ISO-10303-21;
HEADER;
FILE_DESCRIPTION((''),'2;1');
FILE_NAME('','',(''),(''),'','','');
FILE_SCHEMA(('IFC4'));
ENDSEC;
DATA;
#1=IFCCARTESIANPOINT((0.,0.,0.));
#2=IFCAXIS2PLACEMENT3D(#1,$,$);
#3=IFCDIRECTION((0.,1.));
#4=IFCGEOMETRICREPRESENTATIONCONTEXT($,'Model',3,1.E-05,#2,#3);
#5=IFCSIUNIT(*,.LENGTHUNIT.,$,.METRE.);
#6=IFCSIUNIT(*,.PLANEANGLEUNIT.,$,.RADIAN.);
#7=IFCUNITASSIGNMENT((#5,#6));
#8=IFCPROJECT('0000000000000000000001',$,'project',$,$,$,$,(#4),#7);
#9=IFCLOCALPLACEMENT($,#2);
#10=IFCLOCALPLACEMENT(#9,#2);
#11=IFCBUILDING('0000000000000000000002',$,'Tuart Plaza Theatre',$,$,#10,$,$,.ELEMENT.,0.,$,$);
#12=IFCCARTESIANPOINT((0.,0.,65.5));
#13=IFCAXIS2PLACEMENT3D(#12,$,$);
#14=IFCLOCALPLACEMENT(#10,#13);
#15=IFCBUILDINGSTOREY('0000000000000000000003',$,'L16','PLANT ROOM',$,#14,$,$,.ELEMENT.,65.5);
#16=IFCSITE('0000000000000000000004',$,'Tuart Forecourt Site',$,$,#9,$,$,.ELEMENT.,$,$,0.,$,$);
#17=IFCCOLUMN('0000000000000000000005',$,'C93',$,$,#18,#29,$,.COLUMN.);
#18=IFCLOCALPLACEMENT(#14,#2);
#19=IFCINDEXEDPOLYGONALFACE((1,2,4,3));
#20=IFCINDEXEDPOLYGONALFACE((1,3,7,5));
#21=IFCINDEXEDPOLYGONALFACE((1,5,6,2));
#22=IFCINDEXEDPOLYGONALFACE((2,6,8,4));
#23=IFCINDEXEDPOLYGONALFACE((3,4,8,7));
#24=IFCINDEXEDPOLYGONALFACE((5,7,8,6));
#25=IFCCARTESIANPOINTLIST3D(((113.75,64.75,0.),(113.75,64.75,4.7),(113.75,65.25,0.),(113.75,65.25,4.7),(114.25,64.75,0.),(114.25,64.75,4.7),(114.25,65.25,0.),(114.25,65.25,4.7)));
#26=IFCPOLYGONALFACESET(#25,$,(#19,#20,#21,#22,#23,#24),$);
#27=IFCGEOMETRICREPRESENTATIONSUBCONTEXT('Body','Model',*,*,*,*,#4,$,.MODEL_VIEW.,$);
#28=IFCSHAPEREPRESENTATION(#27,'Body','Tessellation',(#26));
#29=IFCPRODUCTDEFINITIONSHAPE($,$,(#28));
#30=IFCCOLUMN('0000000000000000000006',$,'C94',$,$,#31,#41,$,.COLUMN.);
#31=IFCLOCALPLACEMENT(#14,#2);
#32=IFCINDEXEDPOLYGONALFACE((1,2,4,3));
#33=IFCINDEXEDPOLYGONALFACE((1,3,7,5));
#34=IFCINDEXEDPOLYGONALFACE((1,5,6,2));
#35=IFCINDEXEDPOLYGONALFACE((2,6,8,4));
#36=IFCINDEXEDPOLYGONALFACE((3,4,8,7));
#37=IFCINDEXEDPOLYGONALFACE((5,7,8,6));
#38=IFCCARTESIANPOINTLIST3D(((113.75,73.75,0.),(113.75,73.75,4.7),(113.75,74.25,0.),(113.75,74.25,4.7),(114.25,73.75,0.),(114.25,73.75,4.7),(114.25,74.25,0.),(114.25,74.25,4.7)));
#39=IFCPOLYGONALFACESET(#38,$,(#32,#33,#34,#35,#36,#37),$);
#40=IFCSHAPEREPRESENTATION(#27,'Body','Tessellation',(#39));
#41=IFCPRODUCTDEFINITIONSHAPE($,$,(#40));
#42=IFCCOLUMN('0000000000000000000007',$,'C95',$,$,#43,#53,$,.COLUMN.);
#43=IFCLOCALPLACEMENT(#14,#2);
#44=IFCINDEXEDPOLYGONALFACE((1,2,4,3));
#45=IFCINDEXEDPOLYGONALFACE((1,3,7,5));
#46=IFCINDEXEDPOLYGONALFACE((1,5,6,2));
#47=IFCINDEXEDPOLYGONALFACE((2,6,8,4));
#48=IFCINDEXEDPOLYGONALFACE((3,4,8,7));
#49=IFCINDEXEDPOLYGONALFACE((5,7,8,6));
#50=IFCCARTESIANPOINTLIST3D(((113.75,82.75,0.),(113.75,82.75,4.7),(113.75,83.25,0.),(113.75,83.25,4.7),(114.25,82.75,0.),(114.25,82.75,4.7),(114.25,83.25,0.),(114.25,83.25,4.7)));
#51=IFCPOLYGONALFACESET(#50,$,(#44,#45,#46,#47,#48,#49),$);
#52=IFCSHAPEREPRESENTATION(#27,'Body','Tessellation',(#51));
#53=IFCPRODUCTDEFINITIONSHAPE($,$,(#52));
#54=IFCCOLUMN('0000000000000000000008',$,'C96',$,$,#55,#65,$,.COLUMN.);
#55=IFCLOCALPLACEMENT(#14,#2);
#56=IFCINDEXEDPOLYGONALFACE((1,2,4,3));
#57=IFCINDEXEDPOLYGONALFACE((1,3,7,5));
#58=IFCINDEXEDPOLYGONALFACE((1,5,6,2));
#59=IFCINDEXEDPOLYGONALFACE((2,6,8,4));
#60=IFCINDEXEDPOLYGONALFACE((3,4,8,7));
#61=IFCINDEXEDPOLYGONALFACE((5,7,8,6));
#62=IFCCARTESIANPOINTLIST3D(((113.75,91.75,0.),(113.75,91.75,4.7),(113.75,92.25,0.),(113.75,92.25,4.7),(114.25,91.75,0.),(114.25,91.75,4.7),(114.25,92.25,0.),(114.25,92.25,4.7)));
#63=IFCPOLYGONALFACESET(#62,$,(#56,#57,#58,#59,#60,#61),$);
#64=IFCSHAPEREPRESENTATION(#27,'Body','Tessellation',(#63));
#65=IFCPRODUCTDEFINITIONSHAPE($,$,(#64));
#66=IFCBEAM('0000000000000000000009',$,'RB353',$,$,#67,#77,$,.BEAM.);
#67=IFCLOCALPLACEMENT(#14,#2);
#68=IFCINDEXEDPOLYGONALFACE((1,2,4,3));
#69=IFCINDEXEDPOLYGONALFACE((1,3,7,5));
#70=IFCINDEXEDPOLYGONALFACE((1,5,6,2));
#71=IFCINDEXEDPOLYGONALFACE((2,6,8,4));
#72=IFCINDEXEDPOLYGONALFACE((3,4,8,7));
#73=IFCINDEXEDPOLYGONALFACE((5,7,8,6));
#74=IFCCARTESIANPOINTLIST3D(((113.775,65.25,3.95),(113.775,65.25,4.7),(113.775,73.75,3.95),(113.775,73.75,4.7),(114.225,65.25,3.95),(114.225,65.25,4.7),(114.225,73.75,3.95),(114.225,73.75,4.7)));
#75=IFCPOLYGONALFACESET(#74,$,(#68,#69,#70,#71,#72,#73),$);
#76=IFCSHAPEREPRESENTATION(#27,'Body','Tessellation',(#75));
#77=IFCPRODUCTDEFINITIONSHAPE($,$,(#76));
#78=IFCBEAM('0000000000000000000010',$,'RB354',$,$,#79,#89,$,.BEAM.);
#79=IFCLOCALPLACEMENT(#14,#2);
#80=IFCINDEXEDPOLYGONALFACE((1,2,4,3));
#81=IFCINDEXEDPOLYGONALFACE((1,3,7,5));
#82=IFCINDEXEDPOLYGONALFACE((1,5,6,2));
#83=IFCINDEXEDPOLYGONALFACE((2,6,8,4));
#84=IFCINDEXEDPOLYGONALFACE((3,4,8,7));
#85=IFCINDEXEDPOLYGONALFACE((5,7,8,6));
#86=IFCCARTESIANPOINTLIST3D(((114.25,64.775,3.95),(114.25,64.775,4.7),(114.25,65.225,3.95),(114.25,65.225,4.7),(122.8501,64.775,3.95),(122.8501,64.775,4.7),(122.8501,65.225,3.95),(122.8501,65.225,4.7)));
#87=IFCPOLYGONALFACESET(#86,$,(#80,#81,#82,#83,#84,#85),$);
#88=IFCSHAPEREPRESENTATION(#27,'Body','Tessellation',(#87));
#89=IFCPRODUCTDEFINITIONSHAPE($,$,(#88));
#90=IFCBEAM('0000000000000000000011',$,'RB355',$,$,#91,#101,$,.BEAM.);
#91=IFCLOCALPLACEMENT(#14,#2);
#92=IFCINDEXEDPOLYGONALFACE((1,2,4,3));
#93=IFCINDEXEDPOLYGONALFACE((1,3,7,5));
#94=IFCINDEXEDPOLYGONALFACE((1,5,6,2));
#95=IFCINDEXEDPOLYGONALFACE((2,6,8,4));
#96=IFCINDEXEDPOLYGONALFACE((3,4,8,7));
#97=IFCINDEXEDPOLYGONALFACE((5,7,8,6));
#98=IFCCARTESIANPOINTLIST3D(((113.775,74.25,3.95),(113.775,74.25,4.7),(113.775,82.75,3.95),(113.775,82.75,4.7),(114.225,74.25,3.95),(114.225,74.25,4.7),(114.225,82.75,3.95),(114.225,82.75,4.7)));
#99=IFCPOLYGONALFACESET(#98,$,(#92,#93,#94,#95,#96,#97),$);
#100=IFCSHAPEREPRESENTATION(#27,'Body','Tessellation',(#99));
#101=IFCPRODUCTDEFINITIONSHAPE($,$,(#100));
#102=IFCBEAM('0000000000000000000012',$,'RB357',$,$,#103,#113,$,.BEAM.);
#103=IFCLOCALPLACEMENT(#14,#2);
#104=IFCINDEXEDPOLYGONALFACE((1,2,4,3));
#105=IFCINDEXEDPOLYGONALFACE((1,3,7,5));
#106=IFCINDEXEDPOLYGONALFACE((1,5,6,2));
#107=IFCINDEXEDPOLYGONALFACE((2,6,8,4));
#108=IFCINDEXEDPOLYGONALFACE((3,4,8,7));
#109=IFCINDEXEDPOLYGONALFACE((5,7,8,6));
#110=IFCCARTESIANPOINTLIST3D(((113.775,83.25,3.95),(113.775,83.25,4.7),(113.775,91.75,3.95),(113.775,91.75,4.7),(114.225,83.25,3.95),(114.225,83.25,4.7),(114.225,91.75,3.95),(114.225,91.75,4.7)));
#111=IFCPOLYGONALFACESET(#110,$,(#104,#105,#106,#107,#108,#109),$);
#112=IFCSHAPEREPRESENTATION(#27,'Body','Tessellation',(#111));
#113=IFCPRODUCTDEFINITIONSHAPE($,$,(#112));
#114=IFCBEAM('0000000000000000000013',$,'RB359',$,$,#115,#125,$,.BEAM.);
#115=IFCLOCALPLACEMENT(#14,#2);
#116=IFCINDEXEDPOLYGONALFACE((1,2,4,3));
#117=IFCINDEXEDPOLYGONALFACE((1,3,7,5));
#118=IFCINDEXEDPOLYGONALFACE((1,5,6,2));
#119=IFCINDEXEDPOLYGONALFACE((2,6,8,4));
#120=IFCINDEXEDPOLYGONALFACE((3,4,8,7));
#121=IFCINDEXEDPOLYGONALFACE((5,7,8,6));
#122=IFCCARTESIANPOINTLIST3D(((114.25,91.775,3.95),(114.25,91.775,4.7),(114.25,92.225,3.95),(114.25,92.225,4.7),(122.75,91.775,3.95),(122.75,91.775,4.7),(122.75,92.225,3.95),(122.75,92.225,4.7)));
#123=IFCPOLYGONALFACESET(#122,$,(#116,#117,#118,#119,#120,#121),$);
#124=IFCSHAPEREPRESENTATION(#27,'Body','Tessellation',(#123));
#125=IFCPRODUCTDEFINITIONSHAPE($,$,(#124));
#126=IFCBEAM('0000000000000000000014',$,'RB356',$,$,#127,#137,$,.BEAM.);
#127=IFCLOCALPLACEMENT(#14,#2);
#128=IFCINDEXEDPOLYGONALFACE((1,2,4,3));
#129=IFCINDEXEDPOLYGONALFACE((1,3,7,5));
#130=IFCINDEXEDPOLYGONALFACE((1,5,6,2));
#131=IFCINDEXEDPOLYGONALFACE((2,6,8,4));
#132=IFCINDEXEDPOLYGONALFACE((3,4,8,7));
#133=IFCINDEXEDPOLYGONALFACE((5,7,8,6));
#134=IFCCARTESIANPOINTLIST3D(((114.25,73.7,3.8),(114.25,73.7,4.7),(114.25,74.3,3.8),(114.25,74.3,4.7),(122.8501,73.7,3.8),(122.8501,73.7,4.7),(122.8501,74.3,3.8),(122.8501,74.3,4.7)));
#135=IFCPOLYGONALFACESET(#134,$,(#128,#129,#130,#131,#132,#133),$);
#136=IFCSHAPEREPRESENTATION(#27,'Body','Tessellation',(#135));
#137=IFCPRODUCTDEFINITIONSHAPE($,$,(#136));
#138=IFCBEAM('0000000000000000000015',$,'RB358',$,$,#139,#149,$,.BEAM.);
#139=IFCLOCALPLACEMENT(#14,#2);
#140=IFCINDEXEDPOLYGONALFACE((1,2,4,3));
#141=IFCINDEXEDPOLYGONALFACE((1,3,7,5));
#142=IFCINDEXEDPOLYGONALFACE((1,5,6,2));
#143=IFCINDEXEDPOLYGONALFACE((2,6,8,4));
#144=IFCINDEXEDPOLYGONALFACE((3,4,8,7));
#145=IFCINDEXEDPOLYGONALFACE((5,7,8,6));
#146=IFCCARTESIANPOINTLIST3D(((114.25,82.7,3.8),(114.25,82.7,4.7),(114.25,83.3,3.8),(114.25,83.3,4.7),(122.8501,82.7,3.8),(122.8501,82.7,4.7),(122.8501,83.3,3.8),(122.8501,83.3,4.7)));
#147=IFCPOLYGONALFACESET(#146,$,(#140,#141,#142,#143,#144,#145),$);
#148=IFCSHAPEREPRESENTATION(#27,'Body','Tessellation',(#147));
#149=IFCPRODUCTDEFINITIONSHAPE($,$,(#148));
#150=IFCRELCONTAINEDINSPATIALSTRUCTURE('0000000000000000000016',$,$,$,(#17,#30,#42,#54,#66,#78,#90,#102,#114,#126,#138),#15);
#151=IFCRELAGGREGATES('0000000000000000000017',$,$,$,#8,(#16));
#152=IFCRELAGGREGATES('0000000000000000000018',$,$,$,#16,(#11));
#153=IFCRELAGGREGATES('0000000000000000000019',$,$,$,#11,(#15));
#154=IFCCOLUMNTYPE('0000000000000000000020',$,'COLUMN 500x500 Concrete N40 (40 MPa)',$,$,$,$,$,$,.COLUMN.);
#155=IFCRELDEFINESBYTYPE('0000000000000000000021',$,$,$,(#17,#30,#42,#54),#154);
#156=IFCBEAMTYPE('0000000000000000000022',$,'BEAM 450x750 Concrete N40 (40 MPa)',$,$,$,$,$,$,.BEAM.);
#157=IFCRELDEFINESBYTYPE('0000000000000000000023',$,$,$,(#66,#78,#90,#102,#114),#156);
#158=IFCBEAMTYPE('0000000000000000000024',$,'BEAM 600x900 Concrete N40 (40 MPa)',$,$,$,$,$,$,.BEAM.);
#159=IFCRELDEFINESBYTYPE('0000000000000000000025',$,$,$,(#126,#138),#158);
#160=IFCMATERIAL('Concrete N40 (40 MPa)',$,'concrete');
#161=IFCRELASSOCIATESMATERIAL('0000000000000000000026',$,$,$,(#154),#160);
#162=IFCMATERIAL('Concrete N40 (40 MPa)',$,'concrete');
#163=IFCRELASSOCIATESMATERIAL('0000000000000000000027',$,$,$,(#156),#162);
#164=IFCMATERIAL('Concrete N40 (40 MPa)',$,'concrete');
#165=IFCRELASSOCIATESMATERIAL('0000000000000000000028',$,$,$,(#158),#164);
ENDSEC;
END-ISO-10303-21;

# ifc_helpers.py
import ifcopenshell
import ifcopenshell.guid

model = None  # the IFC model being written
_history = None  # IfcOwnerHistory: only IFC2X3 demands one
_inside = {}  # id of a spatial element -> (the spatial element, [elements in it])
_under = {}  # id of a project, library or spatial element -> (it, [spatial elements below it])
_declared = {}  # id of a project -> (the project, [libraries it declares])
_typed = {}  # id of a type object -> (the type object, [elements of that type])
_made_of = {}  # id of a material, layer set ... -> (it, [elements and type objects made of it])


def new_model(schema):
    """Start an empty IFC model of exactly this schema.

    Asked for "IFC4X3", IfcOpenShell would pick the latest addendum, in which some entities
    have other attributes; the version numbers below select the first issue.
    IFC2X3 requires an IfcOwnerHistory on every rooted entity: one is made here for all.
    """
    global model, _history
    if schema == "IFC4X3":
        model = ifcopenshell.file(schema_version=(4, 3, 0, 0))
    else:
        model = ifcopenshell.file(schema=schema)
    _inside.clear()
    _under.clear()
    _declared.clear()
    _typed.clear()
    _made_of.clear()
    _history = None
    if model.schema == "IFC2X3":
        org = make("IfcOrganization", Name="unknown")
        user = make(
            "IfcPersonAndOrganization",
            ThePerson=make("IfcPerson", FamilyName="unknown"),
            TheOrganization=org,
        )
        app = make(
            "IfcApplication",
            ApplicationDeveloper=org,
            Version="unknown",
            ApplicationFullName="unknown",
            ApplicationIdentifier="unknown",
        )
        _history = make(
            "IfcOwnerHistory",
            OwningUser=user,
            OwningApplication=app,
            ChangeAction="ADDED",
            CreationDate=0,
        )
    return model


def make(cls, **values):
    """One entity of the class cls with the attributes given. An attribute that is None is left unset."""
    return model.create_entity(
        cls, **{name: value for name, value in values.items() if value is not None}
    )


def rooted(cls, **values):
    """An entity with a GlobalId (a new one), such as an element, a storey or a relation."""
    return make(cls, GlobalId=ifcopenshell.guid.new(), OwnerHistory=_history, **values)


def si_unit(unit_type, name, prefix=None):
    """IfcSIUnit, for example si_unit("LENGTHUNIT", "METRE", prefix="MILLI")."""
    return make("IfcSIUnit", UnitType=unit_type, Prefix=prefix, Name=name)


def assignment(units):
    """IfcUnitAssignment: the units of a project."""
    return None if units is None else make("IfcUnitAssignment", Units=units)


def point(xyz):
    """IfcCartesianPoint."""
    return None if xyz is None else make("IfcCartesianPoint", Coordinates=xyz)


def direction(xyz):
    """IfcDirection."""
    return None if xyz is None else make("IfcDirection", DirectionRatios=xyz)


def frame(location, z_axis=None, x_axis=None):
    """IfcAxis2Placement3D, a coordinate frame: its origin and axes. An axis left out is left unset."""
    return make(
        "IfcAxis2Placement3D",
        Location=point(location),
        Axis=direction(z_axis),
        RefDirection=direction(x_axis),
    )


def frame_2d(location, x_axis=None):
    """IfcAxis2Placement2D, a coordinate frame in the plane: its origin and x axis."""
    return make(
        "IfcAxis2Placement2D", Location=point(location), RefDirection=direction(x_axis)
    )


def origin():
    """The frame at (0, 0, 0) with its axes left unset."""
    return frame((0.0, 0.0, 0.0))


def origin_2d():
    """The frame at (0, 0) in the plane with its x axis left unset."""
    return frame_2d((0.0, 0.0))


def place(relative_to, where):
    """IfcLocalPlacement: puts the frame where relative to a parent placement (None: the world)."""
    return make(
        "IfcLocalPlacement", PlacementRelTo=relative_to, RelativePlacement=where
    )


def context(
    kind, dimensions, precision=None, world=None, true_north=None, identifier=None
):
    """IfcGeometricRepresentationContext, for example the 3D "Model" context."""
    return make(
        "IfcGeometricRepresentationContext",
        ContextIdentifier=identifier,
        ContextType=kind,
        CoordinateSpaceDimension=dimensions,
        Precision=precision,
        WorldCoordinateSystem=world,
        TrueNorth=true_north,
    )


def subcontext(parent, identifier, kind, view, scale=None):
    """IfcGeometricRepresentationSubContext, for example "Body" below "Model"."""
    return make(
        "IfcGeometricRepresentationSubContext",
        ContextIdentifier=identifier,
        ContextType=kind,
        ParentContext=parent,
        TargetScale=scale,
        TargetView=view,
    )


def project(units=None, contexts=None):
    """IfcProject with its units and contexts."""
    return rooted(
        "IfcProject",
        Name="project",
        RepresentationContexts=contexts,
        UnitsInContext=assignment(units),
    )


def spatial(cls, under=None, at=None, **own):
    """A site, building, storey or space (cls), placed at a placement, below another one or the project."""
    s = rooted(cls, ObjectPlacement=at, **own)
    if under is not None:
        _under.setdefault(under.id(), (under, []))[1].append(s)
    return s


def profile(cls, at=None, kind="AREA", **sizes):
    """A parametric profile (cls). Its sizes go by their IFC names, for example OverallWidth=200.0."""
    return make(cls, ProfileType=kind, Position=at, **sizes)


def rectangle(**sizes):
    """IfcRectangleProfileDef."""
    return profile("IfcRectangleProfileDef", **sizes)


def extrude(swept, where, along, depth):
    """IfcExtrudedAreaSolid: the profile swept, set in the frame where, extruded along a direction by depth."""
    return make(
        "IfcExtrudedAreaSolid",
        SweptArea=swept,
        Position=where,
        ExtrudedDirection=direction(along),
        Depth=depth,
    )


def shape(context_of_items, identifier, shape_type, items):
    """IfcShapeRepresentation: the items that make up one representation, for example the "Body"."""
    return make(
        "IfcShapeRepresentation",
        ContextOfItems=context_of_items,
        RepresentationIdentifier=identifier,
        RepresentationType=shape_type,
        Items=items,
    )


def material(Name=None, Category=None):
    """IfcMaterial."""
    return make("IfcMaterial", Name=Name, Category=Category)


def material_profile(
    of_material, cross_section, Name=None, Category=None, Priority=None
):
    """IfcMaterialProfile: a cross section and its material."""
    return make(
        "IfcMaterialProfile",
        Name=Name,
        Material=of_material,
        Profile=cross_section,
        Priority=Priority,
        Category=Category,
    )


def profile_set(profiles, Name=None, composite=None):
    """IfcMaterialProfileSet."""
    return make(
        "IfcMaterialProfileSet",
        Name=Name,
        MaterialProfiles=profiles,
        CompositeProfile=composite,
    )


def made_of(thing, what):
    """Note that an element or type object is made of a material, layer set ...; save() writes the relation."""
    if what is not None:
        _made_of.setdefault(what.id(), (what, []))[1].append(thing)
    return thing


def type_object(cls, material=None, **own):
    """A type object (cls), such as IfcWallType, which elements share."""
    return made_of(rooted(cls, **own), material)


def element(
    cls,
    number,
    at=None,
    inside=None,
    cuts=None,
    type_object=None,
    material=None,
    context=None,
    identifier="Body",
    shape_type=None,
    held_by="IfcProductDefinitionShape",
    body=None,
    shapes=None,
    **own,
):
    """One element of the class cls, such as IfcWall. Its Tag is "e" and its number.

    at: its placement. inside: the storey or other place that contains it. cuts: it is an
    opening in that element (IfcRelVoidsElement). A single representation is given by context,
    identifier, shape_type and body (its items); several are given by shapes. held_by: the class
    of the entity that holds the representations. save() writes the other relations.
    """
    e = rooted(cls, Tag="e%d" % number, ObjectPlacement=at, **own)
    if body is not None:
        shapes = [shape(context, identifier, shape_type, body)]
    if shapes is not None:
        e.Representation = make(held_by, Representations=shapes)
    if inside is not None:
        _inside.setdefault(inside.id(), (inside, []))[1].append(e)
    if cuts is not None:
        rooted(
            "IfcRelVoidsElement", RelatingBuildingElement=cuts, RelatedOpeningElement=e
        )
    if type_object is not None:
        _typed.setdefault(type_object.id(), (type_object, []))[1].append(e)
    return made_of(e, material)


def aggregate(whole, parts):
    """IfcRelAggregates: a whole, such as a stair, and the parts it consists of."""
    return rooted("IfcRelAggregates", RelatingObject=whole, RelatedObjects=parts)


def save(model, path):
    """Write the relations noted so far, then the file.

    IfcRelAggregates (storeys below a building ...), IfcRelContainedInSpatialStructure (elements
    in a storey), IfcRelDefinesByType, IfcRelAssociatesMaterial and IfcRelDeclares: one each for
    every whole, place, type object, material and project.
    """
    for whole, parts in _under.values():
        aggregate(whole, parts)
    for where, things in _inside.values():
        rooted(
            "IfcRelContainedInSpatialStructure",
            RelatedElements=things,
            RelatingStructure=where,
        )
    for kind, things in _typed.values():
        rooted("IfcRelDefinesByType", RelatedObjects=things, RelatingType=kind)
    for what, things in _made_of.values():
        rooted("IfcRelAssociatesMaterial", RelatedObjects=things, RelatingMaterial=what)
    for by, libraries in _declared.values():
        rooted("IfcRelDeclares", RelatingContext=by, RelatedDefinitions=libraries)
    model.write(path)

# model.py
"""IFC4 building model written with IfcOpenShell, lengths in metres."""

from ifc_helpers import new_model, si_unit, direction, frame, origin, origin_2d, place, context, subcontext, project, spatial, rectangle, extrude, material, material_profile, profile_set, type_object, element, save


model = new_model("IFC4")

# Units and contexts
model_context = context("Model", 3, precision=1e-05, world=origin(), true_north=direction((0.0, 1.0)))
body_context = subcontext(model_context, "Body", "Model", "MODEL_VIEW")
ifc_project = project(units=[si_unit("LENGTHUNIT", "METRE"), si_unit("PLANEANGLEUNIT", "RADIAN")], contexts=[model_context])

# Site, building, storey
site_placement = place(None, origin())
site = spatial("IfcSite", under=ifc_project, at=site_placement, Name="Tuart Forecourt Site", CompositionType="ELEMENT", RefElevation=0.0)
building_placement = place(site_placement, origin())
building = spatial("IfcBuilding", under=site, at=building_placement, Name="Tuart Plaza Theatre", CompositionType="ELEMENT", ElevationOfRefHeight=0.0)
storey_placement = place(building_placement, frame((0.0, 0.0, 65.5)))
storey = spatial("IfcBuildingStorey", under=building, at=storey_placement, Name="L16", Description="PLANT ROOM", CompositionType="ELEMENT", Elevation=65.5)

# Columns
ifc_material_1 = material(Name="Concrete N40 (40 MPa)", Category="concrete")
ifc_material_profile_1 = material_profile(ifc_material_1, rectangle(XDim=0.5, YDim=0.5, at=origin_2d()), Name="COLUMN 500x500 Concrete N40 (40 MPa)")
ifc_profile_set_1 = profile_set([ifc_material_profile_1], Name="Concrete N40 (40 MPa)")
column_type = type_object("IfcColumnType", Name="COLUMN 500x500 Concrete N40 (40 MPa)", PredefinedType="COLUMN", material=ifc_profile_set_1)
for number, where, z_axis, x_axis, name in (
    (1, (114.0, 65.0, 0.0), (0.0, 0.0, 1.0), (1.0, 0.0, 0.0), "C93"),
    (2, (114.0, 74.0, 0.0), (0.0, 0.0, 1.0), (1.0, 0.0, 0.0), "C94"),
    (3, (114.0, 83.0, 0.0), (0.0, 0.0, 1.0), (1.0, 0.0, 0.0), "C95"),
    (4, (114.0, 92.0, 0.0), (0.0, 0.0, 1.0), (1.0, 0.0, 0.0), "C96"),
):
    element("IfcColumn", number, at=place(storey_placement, frame(where, z_axis=z_axis, x_axis=x_axis)), inside=storey, type_object=column_type, Name=name, PredefinedType="COLUMN", context=body_context, shape_type="SweptSolid", body=[
        extrude(rectangle(XDim=0.5, YDim=0.5, at=origin_2d()), origin(), (0.0, 0.0, 1.0), 4.7),
    ])

# Beams
ifc_material_2 = material(Name="Concrete N40 (40 MPa)", Category="concrete")
ifc_material_profile_2 = material_profile(ifc_material_2, rectangle(XDim=0.45, YDim=0.75, at=origin_2d()), Name="BEAM 450x750 Concrete N40 (40 MPa)")
ifc_profile_set_2 = profile_set([ifc_material_profile_2], Name="Concrete N40 (40 MPa)")
beam_type_1 = type_object("IfcBeamType", Name="BEAM 450x750 Concrete N40 (40 MPa)", PredefinedType="BEAM", material=ifc_profile_set_2)
beam_1_placement = place(storey_placement, frame((114.0, 65.25, 4.325), z_axis=(0.0, 1.0, 0.0), x_axis=(-1.0, 0.0, 0.0)))
element("IfcBeam", 5, at=beam_1_placement, inside=storey, type_object=beam_type_1, Name="RB353", PredefinedType="BEAM", context=body_context, shape_type="SweptSolid", body=[
    extrude(rectangle(XDim=0.45, YDim=0.75, at=origin_2d()), origin(), (0.0, 0.0, 1.0), 8.5),
])
beam_2_placement = place(storey_placement, frame((114.25, 65.0, 4.325), z_axis=(1.0, 0.0, 0.0), x_axis=(0.0, 1.0, 0.0)))
element("IfcBeam", 6, at=beam_2_placement, inside=storey, type_object=beam_type_1, Name="RB354", PredefinedType="BEAM", context=body_context, shape_type="SweptSolid", body=[
    extrude(rectangle(XDim=0.45, YDim=0.75, at=origin_2d()), origin(), (0.0, 0.0, 1.0), 8.6001),
])
for number, where, z_axis, x_axis, name in (
    (7, (114.0, 74.25, 4.325), (0.0, 1.0, 0.0), (-1.0, 0.0, 0.0), "RB355"),
    (8, (114.0, 83.25, 4.325), (0.0, 1.0, 0.0), (-1.0, 0.0, 0.0), "RB357"),
    (9, (114.25, 92.0, 4.325), (1.0, 0.0, 0.0), (0.0, 1.0, 0.0), "RB359"),
):
    element("IfcBeam", number, at=place(storey_placement, frame(where, z_axis=z_axis, x_axis=x_axis)), inside=storey, type_object=beam_type_1, Name=name, PredefinedType="BEAM", context=body_context, shape_type="SweptSolid", body=[
        extrude(rectangle(XDim=0.45, YDim=0.75, at=origin_2d()), origin(), (0.0, 0.0, 1.0), 8.5),
    ])
ifc_material_3 = material(Name="Concrete N40 (40 MPa)", Category="concrete")
ifc_material_profile_3 = material_profile(ifc_material_3, rectangle(XDim=0.6001, YDim=0.8999, at=origin_2d()), Name="BEAM 600x900 Concrete N40 (40 MPa)")
ifc_profile_set_3 = profile_set([ifc_material_profile_3], Name="Concrete N40 (40 MPa)")
beam_type_2 = type_object("IfcBeamType", Name="BEAM 600x900 Concrete N40 (40 MPa)", PredefinedType="BEAM", material=ifc_profile_set_3)
for number, where, z_axis, x_axis, name in (
    (10, (114.25, 74.0, 4.25), (1.0, 0.0, 0.0), (0.0, 1.0, 0.0), "RB356"),
    (11, (114.25, 83.0, 4.25), (1.0, 0.0, 0.0), (0.0, 1.0, 0.0), "RB358"),
):
    element("IfcBeam", number, at=place(storey_placement, frame(where, z_axis=z_axis, x_axis=x_axis)), inside=storey, type_object=beam_type_2, Name=name, PredefinedType="BEAM", context=body_context, shape_type="SweptSolid", body=[
        extrude(rectangle(XDim=0.6001, YDim=0.8999, at=origin_2d()), origin(), (0.0, 0.0, 1.0), 8.6001),
    ])

save(model, "model.ifc")
